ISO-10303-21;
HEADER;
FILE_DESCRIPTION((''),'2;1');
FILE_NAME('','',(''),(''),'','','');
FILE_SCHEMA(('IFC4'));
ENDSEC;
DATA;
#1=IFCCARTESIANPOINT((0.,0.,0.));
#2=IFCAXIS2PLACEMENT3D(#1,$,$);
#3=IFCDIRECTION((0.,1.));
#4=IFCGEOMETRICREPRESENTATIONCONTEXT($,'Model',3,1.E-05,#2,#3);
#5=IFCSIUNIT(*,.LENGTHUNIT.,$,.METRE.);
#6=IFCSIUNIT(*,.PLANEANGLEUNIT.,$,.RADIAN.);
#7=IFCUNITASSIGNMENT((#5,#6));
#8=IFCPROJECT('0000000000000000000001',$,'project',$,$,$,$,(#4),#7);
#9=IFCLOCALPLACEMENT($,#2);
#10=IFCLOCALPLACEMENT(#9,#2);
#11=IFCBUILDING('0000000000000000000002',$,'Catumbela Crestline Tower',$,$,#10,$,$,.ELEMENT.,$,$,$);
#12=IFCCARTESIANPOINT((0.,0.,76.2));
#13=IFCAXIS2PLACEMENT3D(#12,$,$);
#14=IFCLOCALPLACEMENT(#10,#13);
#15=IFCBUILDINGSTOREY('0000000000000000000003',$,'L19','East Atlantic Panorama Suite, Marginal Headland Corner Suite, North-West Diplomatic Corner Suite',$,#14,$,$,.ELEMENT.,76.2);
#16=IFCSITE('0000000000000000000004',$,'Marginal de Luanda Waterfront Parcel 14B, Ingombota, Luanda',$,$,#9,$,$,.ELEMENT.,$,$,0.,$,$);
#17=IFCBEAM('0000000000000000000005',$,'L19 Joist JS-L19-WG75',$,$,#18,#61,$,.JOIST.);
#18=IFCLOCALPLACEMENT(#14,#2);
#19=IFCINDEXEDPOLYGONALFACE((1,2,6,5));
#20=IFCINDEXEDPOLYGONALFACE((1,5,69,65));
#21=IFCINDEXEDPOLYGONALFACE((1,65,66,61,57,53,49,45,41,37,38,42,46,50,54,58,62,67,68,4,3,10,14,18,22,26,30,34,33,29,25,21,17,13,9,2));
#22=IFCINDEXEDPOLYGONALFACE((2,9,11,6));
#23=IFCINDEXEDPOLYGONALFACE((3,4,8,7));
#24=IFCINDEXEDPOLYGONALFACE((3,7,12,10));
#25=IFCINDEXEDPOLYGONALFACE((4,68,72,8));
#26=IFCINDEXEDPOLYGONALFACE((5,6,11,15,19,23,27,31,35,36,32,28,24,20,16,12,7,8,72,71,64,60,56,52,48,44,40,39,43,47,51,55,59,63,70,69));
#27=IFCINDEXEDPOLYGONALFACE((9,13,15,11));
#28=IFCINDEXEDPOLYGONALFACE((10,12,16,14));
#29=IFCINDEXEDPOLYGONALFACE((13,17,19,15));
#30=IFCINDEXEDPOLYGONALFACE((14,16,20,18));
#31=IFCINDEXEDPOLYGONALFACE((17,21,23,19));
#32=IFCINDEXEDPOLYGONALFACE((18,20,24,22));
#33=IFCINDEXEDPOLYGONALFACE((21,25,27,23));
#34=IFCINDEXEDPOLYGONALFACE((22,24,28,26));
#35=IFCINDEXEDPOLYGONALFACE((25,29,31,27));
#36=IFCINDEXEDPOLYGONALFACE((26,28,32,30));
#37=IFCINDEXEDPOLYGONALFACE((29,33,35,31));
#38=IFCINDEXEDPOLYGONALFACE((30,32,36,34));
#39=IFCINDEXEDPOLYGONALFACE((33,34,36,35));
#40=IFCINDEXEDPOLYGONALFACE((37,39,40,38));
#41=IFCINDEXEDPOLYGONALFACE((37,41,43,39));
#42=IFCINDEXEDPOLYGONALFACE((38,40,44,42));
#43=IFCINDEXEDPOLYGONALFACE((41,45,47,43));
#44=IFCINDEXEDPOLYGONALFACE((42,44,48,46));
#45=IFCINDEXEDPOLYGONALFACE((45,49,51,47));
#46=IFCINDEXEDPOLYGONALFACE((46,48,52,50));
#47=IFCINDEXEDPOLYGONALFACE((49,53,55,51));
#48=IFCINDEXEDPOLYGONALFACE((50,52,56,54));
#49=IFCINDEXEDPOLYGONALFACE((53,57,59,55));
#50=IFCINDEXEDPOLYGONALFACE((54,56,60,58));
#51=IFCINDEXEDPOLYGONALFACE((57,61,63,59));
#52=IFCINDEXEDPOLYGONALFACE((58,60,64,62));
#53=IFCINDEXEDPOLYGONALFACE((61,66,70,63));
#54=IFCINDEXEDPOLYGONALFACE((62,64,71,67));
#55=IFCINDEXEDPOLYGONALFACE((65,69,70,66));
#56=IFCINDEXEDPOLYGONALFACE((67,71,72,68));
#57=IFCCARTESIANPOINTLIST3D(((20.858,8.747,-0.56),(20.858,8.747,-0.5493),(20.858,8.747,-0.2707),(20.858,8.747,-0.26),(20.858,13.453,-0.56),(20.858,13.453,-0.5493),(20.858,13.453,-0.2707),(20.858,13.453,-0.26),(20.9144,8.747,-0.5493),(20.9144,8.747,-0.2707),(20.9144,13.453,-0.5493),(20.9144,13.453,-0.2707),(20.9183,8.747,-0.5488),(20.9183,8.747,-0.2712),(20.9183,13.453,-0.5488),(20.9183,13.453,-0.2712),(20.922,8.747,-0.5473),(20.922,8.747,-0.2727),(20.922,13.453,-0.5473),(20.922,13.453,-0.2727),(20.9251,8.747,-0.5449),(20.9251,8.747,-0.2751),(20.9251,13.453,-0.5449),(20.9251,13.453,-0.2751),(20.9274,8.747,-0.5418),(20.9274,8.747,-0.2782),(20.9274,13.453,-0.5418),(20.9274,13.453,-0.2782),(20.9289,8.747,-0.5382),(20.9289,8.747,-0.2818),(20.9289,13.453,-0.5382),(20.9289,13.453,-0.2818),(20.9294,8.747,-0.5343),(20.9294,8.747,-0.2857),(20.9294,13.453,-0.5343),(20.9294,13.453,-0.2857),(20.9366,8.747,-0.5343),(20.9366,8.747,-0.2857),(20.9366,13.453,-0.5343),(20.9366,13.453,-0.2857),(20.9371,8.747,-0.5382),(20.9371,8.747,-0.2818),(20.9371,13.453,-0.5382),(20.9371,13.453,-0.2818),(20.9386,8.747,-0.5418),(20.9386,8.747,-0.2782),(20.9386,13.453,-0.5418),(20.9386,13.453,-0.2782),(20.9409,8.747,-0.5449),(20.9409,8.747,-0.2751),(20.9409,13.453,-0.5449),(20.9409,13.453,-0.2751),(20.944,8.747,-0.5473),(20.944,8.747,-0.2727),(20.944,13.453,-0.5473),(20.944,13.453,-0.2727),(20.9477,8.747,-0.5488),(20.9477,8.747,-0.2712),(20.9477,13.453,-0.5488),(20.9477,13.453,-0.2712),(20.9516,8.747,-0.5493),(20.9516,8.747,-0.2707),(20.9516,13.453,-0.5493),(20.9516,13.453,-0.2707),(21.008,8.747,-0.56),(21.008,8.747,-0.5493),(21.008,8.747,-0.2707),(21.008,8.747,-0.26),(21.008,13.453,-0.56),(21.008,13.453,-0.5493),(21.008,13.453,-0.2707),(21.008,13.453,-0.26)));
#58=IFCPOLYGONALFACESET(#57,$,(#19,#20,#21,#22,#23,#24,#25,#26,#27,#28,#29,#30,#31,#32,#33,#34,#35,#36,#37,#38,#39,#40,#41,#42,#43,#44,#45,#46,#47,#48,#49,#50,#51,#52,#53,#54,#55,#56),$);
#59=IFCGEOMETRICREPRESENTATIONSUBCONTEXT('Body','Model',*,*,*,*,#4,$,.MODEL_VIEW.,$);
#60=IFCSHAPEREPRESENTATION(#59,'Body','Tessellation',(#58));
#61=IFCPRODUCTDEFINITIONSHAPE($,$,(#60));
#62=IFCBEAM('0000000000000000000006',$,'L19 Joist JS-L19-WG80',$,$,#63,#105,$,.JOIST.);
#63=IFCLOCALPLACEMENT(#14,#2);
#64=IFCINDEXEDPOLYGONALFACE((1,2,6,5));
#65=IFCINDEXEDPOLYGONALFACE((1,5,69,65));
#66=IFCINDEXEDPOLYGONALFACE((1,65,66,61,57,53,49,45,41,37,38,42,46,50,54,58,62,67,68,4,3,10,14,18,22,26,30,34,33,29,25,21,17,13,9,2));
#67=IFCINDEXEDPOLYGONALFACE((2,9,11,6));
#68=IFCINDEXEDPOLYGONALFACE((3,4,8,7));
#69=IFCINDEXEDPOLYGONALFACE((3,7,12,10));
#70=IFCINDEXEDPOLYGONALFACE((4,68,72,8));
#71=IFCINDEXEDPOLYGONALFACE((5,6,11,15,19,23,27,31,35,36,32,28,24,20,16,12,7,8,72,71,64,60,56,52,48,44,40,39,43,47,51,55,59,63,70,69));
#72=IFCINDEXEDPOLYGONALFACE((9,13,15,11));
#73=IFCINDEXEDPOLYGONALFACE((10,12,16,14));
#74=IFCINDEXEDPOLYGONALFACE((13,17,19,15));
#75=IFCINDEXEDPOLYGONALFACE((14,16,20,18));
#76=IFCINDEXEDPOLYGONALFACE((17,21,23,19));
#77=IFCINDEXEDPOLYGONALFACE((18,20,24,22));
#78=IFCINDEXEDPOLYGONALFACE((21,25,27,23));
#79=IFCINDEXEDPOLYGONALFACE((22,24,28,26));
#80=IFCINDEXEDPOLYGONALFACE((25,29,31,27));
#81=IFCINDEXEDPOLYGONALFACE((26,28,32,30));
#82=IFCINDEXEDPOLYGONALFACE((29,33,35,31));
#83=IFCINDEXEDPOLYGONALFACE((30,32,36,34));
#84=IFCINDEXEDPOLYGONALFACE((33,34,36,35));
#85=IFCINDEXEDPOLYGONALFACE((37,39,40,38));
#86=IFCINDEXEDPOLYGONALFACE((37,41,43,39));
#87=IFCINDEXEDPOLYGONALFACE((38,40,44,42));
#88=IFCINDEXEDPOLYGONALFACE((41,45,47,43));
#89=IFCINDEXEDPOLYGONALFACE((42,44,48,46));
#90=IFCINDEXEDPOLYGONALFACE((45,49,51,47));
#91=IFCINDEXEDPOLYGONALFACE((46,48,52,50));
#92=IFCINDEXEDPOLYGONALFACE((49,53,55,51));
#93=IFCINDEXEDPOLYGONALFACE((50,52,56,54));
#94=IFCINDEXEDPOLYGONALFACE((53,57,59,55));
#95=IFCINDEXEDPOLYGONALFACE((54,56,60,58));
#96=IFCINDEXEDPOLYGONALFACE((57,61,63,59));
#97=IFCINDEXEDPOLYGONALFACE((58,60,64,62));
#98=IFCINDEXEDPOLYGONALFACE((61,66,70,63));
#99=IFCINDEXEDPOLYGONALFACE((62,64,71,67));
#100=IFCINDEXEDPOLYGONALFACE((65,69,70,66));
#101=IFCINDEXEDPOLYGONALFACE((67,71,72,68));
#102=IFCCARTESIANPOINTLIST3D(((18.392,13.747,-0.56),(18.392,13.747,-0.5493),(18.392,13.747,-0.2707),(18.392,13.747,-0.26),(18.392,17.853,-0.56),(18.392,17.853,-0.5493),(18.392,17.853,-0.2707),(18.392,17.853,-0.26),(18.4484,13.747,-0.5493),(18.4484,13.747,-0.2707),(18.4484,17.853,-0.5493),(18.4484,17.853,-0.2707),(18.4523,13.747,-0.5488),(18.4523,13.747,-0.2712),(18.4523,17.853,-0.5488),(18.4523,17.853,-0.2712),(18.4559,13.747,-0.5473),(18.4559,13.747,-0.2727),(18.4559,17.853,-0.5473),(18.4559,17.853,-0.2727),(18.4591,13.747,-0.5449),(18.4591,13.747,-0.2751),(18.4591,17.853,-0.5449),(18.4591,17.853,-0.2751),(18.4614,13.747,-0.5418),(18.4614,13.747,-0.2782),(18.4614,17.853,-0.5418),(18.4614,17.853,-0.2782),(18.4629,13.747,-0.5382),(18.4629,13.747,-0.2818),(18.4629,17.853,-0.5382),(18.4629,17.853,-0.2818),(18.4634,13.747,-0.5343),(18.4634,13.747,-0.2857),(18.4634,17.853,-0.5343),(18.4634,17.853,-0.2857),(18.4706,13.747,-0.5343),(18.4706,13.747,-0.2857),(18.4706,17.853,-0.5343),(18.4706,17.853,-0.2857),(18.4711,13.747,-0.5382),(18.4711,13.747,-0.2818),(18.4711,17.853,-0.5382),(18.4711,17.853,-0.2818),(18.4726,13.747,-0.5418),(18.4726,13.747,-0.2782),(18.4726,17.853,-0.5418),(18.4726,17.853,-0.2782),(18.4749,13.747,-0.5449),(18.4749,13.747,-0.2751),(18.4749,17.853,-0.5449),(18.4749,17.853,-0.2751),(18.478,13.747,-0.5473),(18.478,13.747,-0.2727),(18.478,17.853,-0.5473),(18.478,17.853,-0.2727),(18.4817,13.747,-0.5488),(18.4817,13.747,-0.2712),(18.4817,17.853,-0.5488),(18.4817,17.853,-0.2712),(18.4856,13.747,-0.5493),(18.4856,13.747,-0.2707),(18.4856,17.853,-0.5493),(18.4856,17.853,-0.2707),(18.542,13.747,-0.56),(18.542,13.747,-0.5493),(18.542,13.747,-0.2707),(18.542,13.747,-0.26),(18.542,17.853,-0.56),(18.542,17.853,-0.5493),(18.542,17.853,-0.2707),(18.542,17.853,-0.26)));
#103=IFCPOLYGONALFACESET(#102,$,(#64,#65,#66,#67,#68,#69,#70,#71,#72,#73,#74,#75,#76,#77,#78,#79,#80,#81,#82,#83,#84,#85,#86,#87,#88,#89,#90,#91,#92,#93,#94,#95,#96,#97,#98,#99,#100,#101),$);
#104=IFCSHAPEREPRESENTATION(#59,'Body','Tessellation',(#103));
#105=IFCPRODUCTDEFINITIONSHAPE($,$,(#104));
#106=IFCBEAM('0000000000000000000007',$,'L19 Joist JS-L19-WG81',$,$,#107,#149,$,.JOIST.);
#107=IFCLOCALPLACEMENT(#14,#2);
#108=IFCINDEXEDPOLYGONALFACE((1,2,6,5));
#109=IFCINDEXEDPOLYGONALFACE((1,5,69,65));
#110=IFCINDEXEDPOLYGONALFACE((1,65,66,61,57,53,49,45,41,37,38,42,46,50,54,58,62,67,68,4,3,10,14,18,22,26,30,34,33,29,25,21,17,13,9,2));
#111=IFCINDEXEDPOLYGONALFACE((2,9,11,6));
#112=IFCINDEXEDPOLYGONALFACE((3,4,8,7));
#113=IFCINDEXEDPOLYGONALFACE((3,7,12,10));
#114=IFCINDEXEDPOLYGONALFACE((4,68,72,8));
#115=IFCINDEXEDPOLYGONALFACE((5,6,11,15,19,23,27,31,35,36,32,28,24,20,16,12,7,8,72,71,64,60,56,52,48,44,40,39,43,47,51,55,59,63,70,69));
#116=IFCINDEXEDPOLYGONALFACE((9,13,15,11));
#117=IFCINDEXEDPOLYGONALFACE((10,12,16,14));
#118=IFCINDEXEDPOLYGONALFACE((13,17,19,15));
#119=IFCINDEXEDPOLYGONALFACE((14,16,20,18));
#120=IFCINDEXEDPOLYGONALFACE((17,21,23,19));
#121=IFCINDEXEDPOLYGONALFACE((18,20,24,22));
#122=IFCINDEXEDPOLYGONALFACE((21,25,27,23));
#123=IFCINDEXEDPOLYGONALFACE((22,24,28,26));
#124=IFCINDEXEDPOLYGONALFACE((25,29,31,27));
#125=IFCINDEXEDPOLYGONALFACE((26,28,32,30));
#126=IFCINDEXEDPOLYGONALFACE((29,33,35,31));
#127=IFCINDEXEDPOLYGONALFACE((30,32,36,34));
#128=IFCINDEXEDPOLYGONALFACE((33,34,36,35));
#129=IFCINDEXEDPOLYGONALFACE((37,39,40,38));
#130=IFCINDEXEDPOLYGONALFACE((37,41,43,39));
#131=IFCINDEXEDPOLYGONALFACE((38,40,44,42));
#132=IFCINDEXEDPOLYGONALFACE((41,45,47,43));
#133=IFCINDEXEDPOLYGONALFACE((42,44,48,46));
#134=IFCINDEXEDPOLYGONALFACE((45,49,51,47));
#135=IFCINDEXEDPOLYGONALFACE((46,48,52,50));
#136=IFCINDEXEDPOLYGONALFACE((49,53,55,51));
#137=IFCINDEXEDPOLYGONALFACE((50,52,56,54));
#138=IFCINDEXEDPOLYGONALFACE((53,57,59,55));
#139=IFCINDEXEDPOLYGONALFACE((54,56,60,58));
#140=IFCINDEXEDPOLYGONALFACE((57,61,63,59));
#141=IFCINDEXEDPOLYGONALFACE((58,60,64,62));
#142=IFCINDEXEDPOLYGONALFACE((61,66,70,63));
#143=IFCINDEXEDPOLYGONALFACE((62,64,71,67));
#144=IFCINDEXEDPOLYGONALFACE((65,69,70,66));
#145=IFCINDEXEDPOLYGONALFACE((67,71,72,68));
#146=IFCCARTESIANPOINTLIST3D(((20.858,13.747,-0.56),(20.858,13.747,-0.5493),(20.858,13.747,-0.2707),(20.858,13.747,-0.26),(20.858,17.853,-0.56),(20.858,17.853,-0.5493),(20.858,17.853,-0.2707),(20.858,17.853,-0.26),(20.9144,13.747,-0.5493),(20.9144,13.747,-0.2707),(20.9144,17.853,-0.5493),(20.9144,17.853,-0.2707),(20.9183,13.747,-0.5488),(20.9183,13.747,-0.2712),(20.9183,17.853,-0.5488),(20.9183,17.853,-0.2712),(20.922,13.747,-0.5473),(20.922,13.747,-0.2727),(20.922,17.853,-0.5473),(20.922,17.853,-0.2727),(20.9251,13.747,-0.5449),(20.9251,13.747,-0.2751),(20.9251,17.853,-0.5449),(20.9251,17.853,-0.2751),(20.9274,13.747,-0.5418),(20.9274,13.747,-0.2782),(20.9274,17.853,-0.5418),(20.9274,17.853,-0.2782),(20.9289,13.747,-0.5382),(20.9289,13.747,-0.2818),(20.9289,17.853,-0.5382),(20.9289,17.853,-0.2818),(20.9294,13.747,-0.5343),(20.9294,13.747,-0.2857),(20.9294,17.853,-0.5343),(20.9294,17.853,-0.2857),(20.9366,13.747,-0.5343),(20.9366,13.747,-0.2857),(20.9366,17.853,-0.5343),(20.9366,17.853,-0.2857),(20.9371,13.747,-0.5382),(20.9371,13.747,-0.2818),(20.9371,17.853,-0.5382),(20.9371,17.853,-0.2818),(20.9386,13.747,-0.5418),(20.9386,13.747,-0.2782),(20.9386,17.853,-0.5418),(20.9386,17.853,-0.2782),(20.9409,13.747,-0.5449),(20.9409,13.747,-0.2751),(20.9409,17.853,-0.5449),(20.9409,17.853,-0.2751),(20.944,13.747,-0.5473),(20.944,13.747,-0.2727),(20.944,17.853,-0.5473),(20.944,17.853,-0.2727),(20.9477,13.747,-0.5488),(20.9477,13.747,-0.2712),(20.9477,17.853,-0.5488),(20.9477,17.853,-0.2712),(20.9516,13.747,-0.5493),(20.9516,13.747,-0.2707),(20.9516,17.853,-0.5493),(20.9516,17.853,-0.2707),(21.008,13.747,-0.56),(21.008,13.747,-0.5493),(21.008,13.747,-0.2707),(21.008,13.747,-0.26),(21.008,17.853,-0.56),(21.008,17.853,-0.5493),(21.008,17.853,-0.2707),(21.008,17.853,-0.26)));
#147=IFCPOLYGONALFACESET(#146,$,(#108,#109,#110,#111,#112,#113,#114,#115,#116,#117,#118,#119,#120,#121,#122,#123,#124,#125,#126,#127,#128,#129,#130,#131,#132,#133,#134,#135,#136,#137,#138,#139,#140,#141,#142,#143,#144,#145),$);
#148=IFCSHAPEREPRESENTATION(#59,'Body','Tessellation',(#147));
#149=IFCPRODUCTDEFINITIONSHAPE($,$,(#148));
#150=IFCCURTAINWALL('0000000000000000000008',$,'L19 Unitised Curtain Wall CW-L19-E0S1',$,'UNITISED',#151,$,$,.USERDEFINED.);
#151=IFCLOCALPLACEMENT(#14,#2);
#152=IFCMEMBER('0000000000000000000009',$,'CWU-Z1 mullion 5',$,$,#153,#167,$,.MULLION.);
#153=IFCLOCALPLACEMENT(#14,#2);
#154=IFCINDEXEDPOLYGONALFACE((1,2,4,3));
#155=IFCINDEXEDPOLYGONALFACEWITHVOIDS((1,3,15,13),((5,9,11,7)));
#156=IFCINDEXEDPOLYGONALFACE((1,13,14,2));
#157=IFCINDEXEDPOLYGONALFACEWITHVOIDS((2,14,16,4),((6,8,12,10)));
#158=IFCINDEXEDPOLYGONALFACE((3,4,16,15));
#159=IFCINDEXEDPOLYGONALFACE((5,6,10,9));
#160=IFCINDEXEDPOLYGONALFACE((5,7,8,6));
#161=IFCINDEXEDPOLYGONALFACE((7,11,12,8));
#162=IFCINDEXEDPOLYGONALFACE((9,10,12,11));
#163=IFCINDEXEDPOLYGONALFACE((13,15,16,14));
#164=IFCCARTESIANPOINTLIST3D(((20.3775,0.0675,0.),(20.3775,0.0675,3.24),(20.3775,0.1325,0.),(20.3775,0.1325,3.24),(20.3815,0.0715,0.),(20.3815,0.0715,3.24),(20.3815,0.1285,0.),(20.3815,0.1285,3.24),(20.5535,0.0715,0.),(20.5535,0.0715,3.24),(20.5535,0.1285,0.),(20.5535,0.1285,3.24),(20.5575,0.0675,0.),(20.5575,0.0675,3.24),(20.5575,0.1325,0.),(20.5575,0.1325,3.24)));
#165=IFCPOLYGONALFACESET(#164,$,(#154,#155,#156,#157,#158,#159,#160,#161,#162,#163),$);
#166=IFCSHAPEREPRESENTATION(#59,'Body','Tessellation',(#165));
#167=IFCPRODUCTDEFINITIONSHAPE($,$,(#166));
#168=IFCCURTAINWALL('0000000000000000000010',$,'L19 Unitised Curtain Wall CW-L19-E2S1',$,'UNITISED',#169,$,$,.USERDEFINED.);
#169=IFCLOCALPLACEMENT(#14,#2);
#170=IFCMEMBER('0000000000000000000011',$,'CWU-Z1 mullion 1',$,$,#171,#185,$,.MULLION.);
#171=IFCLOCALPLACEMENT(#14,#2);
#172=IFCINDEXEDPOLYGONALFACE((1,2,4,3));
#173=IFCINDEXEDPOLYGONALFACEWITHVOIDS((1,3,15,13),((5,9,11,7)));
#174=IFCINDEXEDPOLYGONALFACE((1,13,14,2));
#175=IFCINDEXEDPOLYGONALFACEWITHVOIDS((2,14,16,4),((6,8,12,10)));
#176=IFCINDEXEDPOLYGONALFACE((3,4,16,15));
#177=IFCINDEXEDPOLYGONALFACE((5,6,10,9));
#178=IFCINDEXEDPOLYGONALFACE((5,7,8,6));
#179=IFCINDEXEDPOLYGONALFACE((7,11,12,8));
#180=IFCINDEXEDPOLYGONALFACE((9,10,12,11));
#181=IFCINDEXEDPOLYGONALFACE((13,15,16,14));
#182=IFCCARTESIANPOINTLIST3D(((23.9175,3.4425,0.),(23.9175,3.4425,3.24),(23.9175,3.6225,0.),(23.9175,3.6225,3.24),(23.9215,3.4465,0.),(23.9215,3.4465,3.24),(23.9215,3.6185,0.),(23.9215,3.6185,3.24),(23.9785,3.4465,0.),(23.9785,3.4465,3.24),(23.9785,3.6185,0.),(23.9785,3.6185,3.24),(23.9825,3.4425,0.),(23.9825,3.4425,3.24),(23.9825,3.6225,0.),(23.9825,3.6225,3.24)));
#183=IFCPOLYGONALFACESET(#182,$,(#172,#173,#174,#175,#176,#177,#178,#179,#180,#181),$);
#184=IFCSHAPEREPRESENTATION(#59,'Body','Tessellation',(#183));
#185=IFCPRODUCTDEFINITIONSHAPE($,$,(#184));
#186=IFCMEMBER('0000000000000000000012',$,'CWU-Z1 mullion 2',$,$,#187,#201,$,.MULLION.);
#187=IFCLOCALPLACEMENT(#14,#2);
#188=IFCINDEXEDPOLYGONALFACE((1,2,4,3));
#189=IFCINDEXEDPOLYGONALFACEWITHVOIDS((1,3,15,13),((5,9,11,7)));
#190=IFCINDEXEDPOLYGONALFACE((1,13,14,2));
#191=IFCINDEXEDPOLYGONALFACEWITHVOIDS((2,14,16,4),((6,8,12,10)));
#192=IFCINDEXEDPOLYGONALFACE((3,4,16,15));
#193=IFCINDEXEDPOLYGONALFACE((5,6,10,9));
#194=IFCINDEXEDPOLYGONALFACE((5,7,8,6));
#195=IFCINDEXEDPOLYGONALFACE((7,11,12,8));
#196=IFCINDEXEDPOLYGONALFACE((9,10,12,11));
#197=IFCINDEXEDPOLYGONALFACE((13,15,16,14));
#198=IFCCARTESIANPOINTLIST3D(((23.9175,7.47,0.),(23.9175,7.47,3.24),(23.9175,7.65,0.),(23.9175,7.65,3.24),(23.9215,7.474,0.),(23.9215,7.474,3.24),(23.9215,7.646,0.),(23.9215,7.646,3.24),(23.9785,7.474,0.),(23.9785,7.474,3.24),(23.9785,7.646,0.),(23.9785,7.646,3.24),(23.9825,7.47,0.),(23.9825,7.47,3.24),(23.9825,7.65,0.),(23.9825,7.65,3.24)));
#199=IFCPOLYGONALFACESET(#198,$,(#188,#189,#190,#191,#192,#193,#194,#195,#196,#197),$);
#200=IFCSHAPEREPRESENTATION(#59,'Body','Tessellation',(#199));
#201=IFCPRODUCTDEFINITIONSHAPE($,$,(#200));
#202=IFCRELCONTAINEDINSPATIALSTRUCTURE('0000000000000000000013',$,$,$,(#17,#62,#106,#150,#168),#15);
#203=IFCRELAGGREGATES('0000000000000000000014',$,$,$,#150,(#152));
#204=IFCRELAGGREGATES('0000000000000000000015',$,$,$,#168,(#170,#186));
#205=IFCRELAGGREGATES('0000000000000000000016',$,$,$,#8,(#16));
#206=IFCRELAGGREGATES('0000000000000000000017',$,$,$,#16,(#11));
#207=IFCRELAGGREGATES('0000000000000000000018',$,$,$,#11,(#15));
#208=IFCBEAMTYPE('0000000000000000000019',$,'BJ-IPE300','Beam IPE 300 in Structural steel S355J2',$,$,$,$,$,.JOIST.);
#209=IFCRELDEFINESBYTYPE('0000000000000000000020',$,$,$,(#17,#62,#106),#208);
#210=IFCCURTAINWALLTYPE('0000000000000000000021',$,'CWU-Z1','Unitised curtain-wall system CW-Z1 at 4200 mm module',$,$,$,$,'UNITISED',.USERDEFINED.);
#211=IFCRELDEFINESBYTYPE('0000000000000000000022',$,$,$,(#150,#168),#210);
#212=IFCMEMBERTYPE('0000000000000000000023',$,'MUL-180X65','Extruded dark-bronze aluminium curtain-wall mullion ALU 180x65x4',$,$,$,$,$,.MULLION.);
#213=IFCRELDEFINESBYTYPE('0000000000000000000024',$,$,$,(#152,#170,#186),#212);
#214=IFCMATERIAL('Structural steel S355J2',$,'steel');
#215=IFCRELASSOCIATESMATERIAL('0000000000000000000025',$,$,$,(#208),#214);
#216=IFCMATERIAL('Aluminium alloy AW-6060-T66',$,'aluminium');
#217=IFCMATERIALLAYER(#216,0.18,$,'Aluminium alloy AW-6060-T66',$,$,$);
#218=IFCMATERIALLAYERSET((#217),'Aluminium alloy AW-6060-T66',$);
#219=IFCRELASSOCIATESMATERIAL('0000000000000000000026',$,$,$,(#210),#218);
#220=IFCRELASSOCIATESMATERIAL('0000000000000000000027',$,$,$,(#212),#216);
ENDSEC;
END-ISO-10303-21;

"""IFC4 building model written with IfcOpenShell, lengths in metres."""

from ifc_helpers import new_model, si_unit, direction, frame, origin, origin_2d, place, context, subcontext, project, spatial, hollow_rectangle, i_section, extrude, material, layer, layer_set, material_profile, profile_set, type_object, element, aggregate, save


model = new_model("IFC4")

# Units and contexts
model_context = context("Model", 3, precision=1e-05, world=origin(), true_north=direction((0.0, 1.0)))
body_context = subcontext(model_context, "Body", "Model", "MODEL_VIEW")
ifc_project = project(units=[si_unit("LENGTHUNIT", "METRE"), si_unit("PLANEANGLEUNIT", "RADIAN")], contexts=[model_context])

# Site, building, storey
site_placement = place(None, origin())
site = spatial("IfcSite", under=ifc_project, at=site_placement, Name="Marginal de Luanda Waterfront Parcel 14B, Ingombota, Luanda", CompositionType="ELEMENT", RefElevation=0.0)
building_placement = place(site_placement, origin())
building = spatial("IfcBuilding", under=site, at=building_placement, Name="Catumbela Crestline Tower", CompositionType="ELEMENT")
storey_placement = place(building_placement, frame((0.0, 0.0, 76.2)))
storey = spatial("IfcBuildingStorey", under=building, at=storey_placement, Name="L19", Description="East Atlantic Panorama Suite, Marginal Headland Corner Suite, North-West Diplomatic Corner Suite", CompositionType="ELEMENT", Elevation=76.2)

# Beams
ifc_material_1 = material(Name="Structural steel S355J2", Category="steel")
ifc_material_profile_1 = material_profile(ifc_material_1, i_section(OverallWidth=0.15, OverallDepth=0.3, WebThickness=0.0071, FlangeThickness=0.0107, FilletRadius=0.015, at=origin_2d()), Name="IPE 300")
ifc_profile_set_1 = profile_set([ifc_material_profile_1], Name="Structural steel S355J2")
beam_type_1 = type_object("IfcBeamType", Name="BJ-IPE300", Description="Beam IPE 300 in Structural steel S355J2", PredefinedType="JOIST", material=ifc_profile_set_1)
for number, where, z_axis, x_axis, name in (
    (1, (20.933, 8.747, -0.41), (0.0, 1.0, 0.0), (-1.0, 0.0, 0.0), "L19 Joist JS-L19-WG75"),
):
    element("IfcBeam", number, at=place(storey_placement, frame(where, z_axis=z_axis, x_axis=x_axis)), inside=storey, type_object=beam_type_1, Name=name, PredefinedType="JOIST", context=body_context, shape_type="SweptSolid", body=[
        extrude(i_section(OverallWidth=0.15, OverallDepth=0.3, WebThickness=0.0071, FlangeThickness=0.0107, FilletRadius=0.015, at=origin_2d()), origin(), (0.0, 0.0, 1.0), 4.706),
    ])
for number, where, z_axis, x_axis, name in (
    (2, (18.467, 13.747, -0.41), (0.0, 1.0, 0.0), (-1.0, 0.0, 0.0), "L19 Joist JS-L19-WG80"),
    (3, (20.933, 13.747, -0.41), (0.0, 1.0, 0.0), (-1.0, 0.0, 0.0), "L19 Joist JS-L19-WG81"),
):
    element("IfcBeam", number, at=place(storey_placement, frame(where, z_axis=z_axis, x_axis=x_axis)), inside=storey, type_object=beam_type_1, Name=name, PredefinedType="JOIST", context=body_context, shape_type="SweptSolid", body=[
        extrude(i_section(OverallWidth=0.15, OverallDepth=0.3, WebThickness=0.0071, FlangeThickness=0.0107, FilletRadius=0.015, at=origin_2d()), origin(), (0.0, 0.0, 1.0), 4.106),
    ])

# Curtain wall, member
ifc_material_2 = material(Name="Aluminium alloy AW-6060-T66", Category="aluminium")
ifc_layer_1 = layer(ifc_material_2, 0.18, Name="Aluminium alloy AW-6060-T66")
ifc_layer_set_1 = layer_set([ifc_layer_1], Name="Aluminium alloy AW-6060-T66")
curtain_wall_type = type_object("IfcCurtainWallType", Name="CWU-Z1", Description="Unitised curtain-wall system CW-Z1 at 4200 mm module", ElementType="UNITISED", PredefinedType="USERDEFINED", material=ifc_layer_set_1)
curtain_wall_1_placement = place(storey_placement, origin())
curtain_wall_1 = element("IfcCurtainWall", 4, at=curtain_wall_1_placement, inside=storey, type_object=curtain_wall_type, Name="L19 Unitised Curtain Wall CW-L19-E0S1", ObjectType="UNITISED", PredefinedType="USERDEFINED")
ifc_material_profile_2 = material_profile(ifc_material_2, hollow_rectangle(XDim=0.065, YDim=0.18, WallThickness=0.004, at=origin_2d()), Name="ALU 180x65x4")
ifc_profile_set_2 = profile_set([ifc_material_profile_2], Name="Aluminium alloy AW-6060-T66")
member_type_1 = type_object("IfcMemberType", Name="MUL-180X65", Description="Extruded dark-bronze aluminium curtain-wall mullion ALU 180x65x4", PredefinedType="MULLION", material=ifc_profile_set_2)
member_1_placement = place(storey_placement, frame((20.4675, 0.1, 0.0), z_axis=(0.0, 0.0, 1.0), x_axis=(0.0, 1.0, 0.0)))
member_1 = element("IfcMember", 5, at=member_1_placement, type_object=member_type_1, Name="CWU-Z1 mullion 5", PredefinedType="MULLION", context=body_context, shape_type="SweptSolid", body=[
    extrude(hollow_rectangle(XDim=0.065, YDim=0.18, WallThickness=0.004, at=origin_2d()), origin(), (0.0, 0.0, 1.0), 3.24),
])
aggregate(curtain_wall_1, [member_1])

# Curtain wall, members
curtain_wall_2_placement = place(storey_placement, origin())
curtain_wall_2 = element("IfcCurtainWall", 6, at=curtain_wall_2_placement, inside=storey, type_object=curtain_wall_type, Name="L19 Unitised Curtain Wall CW-L19-E2S1", ObjectType="UNITISED", PredefinedType="USERDEFINED")
member_2_placement = place(storey_placement, frame((23.95, 3.5325, 0.0), z_axis=(0.0, 0.0, 1.0), x_axis=(-1.0, 0.0, 0.0)))
member_2 = element("IfcMember", 7, at=member_2_placement, type_object=member_type_1, Name="CWU-Z1 mullion 1", PredefinedType="MULLION", context=body_context, shape_type="SweptSolid", body=[
    extrude(hollow_rectangle(XDim=0.065, YDim=0.18, WallThickness=0.004, at=origin_2d()), origin(), (0.0, 0.0, 1.0), 3.24),
])
member_3_placement = place(storey_placement, frame((23.95, 7.56, 0.0), z_axis=(0.0, 0.0, 1.0), x_axis=(-1.0, 0.0, 0.0)))
member_3 = element("IfcMember", 8, at=member_3_placement, type_object=member_type_1, Name="CWU-Z1 mullion 2", PredefinedType="MULLION", context=body_context, shape_type="SweptSolid", body=[
    extrude(hollow_rectangle(XDim=0.065, YDim=0.18, WallThickness=0.004, at=origin_2d()), origin(), (0.0, 0.0, 1.0), 3.24),
])

aggregate(curtain_wall_2, [member_2, member_3])

save(model, "model.ifc")
